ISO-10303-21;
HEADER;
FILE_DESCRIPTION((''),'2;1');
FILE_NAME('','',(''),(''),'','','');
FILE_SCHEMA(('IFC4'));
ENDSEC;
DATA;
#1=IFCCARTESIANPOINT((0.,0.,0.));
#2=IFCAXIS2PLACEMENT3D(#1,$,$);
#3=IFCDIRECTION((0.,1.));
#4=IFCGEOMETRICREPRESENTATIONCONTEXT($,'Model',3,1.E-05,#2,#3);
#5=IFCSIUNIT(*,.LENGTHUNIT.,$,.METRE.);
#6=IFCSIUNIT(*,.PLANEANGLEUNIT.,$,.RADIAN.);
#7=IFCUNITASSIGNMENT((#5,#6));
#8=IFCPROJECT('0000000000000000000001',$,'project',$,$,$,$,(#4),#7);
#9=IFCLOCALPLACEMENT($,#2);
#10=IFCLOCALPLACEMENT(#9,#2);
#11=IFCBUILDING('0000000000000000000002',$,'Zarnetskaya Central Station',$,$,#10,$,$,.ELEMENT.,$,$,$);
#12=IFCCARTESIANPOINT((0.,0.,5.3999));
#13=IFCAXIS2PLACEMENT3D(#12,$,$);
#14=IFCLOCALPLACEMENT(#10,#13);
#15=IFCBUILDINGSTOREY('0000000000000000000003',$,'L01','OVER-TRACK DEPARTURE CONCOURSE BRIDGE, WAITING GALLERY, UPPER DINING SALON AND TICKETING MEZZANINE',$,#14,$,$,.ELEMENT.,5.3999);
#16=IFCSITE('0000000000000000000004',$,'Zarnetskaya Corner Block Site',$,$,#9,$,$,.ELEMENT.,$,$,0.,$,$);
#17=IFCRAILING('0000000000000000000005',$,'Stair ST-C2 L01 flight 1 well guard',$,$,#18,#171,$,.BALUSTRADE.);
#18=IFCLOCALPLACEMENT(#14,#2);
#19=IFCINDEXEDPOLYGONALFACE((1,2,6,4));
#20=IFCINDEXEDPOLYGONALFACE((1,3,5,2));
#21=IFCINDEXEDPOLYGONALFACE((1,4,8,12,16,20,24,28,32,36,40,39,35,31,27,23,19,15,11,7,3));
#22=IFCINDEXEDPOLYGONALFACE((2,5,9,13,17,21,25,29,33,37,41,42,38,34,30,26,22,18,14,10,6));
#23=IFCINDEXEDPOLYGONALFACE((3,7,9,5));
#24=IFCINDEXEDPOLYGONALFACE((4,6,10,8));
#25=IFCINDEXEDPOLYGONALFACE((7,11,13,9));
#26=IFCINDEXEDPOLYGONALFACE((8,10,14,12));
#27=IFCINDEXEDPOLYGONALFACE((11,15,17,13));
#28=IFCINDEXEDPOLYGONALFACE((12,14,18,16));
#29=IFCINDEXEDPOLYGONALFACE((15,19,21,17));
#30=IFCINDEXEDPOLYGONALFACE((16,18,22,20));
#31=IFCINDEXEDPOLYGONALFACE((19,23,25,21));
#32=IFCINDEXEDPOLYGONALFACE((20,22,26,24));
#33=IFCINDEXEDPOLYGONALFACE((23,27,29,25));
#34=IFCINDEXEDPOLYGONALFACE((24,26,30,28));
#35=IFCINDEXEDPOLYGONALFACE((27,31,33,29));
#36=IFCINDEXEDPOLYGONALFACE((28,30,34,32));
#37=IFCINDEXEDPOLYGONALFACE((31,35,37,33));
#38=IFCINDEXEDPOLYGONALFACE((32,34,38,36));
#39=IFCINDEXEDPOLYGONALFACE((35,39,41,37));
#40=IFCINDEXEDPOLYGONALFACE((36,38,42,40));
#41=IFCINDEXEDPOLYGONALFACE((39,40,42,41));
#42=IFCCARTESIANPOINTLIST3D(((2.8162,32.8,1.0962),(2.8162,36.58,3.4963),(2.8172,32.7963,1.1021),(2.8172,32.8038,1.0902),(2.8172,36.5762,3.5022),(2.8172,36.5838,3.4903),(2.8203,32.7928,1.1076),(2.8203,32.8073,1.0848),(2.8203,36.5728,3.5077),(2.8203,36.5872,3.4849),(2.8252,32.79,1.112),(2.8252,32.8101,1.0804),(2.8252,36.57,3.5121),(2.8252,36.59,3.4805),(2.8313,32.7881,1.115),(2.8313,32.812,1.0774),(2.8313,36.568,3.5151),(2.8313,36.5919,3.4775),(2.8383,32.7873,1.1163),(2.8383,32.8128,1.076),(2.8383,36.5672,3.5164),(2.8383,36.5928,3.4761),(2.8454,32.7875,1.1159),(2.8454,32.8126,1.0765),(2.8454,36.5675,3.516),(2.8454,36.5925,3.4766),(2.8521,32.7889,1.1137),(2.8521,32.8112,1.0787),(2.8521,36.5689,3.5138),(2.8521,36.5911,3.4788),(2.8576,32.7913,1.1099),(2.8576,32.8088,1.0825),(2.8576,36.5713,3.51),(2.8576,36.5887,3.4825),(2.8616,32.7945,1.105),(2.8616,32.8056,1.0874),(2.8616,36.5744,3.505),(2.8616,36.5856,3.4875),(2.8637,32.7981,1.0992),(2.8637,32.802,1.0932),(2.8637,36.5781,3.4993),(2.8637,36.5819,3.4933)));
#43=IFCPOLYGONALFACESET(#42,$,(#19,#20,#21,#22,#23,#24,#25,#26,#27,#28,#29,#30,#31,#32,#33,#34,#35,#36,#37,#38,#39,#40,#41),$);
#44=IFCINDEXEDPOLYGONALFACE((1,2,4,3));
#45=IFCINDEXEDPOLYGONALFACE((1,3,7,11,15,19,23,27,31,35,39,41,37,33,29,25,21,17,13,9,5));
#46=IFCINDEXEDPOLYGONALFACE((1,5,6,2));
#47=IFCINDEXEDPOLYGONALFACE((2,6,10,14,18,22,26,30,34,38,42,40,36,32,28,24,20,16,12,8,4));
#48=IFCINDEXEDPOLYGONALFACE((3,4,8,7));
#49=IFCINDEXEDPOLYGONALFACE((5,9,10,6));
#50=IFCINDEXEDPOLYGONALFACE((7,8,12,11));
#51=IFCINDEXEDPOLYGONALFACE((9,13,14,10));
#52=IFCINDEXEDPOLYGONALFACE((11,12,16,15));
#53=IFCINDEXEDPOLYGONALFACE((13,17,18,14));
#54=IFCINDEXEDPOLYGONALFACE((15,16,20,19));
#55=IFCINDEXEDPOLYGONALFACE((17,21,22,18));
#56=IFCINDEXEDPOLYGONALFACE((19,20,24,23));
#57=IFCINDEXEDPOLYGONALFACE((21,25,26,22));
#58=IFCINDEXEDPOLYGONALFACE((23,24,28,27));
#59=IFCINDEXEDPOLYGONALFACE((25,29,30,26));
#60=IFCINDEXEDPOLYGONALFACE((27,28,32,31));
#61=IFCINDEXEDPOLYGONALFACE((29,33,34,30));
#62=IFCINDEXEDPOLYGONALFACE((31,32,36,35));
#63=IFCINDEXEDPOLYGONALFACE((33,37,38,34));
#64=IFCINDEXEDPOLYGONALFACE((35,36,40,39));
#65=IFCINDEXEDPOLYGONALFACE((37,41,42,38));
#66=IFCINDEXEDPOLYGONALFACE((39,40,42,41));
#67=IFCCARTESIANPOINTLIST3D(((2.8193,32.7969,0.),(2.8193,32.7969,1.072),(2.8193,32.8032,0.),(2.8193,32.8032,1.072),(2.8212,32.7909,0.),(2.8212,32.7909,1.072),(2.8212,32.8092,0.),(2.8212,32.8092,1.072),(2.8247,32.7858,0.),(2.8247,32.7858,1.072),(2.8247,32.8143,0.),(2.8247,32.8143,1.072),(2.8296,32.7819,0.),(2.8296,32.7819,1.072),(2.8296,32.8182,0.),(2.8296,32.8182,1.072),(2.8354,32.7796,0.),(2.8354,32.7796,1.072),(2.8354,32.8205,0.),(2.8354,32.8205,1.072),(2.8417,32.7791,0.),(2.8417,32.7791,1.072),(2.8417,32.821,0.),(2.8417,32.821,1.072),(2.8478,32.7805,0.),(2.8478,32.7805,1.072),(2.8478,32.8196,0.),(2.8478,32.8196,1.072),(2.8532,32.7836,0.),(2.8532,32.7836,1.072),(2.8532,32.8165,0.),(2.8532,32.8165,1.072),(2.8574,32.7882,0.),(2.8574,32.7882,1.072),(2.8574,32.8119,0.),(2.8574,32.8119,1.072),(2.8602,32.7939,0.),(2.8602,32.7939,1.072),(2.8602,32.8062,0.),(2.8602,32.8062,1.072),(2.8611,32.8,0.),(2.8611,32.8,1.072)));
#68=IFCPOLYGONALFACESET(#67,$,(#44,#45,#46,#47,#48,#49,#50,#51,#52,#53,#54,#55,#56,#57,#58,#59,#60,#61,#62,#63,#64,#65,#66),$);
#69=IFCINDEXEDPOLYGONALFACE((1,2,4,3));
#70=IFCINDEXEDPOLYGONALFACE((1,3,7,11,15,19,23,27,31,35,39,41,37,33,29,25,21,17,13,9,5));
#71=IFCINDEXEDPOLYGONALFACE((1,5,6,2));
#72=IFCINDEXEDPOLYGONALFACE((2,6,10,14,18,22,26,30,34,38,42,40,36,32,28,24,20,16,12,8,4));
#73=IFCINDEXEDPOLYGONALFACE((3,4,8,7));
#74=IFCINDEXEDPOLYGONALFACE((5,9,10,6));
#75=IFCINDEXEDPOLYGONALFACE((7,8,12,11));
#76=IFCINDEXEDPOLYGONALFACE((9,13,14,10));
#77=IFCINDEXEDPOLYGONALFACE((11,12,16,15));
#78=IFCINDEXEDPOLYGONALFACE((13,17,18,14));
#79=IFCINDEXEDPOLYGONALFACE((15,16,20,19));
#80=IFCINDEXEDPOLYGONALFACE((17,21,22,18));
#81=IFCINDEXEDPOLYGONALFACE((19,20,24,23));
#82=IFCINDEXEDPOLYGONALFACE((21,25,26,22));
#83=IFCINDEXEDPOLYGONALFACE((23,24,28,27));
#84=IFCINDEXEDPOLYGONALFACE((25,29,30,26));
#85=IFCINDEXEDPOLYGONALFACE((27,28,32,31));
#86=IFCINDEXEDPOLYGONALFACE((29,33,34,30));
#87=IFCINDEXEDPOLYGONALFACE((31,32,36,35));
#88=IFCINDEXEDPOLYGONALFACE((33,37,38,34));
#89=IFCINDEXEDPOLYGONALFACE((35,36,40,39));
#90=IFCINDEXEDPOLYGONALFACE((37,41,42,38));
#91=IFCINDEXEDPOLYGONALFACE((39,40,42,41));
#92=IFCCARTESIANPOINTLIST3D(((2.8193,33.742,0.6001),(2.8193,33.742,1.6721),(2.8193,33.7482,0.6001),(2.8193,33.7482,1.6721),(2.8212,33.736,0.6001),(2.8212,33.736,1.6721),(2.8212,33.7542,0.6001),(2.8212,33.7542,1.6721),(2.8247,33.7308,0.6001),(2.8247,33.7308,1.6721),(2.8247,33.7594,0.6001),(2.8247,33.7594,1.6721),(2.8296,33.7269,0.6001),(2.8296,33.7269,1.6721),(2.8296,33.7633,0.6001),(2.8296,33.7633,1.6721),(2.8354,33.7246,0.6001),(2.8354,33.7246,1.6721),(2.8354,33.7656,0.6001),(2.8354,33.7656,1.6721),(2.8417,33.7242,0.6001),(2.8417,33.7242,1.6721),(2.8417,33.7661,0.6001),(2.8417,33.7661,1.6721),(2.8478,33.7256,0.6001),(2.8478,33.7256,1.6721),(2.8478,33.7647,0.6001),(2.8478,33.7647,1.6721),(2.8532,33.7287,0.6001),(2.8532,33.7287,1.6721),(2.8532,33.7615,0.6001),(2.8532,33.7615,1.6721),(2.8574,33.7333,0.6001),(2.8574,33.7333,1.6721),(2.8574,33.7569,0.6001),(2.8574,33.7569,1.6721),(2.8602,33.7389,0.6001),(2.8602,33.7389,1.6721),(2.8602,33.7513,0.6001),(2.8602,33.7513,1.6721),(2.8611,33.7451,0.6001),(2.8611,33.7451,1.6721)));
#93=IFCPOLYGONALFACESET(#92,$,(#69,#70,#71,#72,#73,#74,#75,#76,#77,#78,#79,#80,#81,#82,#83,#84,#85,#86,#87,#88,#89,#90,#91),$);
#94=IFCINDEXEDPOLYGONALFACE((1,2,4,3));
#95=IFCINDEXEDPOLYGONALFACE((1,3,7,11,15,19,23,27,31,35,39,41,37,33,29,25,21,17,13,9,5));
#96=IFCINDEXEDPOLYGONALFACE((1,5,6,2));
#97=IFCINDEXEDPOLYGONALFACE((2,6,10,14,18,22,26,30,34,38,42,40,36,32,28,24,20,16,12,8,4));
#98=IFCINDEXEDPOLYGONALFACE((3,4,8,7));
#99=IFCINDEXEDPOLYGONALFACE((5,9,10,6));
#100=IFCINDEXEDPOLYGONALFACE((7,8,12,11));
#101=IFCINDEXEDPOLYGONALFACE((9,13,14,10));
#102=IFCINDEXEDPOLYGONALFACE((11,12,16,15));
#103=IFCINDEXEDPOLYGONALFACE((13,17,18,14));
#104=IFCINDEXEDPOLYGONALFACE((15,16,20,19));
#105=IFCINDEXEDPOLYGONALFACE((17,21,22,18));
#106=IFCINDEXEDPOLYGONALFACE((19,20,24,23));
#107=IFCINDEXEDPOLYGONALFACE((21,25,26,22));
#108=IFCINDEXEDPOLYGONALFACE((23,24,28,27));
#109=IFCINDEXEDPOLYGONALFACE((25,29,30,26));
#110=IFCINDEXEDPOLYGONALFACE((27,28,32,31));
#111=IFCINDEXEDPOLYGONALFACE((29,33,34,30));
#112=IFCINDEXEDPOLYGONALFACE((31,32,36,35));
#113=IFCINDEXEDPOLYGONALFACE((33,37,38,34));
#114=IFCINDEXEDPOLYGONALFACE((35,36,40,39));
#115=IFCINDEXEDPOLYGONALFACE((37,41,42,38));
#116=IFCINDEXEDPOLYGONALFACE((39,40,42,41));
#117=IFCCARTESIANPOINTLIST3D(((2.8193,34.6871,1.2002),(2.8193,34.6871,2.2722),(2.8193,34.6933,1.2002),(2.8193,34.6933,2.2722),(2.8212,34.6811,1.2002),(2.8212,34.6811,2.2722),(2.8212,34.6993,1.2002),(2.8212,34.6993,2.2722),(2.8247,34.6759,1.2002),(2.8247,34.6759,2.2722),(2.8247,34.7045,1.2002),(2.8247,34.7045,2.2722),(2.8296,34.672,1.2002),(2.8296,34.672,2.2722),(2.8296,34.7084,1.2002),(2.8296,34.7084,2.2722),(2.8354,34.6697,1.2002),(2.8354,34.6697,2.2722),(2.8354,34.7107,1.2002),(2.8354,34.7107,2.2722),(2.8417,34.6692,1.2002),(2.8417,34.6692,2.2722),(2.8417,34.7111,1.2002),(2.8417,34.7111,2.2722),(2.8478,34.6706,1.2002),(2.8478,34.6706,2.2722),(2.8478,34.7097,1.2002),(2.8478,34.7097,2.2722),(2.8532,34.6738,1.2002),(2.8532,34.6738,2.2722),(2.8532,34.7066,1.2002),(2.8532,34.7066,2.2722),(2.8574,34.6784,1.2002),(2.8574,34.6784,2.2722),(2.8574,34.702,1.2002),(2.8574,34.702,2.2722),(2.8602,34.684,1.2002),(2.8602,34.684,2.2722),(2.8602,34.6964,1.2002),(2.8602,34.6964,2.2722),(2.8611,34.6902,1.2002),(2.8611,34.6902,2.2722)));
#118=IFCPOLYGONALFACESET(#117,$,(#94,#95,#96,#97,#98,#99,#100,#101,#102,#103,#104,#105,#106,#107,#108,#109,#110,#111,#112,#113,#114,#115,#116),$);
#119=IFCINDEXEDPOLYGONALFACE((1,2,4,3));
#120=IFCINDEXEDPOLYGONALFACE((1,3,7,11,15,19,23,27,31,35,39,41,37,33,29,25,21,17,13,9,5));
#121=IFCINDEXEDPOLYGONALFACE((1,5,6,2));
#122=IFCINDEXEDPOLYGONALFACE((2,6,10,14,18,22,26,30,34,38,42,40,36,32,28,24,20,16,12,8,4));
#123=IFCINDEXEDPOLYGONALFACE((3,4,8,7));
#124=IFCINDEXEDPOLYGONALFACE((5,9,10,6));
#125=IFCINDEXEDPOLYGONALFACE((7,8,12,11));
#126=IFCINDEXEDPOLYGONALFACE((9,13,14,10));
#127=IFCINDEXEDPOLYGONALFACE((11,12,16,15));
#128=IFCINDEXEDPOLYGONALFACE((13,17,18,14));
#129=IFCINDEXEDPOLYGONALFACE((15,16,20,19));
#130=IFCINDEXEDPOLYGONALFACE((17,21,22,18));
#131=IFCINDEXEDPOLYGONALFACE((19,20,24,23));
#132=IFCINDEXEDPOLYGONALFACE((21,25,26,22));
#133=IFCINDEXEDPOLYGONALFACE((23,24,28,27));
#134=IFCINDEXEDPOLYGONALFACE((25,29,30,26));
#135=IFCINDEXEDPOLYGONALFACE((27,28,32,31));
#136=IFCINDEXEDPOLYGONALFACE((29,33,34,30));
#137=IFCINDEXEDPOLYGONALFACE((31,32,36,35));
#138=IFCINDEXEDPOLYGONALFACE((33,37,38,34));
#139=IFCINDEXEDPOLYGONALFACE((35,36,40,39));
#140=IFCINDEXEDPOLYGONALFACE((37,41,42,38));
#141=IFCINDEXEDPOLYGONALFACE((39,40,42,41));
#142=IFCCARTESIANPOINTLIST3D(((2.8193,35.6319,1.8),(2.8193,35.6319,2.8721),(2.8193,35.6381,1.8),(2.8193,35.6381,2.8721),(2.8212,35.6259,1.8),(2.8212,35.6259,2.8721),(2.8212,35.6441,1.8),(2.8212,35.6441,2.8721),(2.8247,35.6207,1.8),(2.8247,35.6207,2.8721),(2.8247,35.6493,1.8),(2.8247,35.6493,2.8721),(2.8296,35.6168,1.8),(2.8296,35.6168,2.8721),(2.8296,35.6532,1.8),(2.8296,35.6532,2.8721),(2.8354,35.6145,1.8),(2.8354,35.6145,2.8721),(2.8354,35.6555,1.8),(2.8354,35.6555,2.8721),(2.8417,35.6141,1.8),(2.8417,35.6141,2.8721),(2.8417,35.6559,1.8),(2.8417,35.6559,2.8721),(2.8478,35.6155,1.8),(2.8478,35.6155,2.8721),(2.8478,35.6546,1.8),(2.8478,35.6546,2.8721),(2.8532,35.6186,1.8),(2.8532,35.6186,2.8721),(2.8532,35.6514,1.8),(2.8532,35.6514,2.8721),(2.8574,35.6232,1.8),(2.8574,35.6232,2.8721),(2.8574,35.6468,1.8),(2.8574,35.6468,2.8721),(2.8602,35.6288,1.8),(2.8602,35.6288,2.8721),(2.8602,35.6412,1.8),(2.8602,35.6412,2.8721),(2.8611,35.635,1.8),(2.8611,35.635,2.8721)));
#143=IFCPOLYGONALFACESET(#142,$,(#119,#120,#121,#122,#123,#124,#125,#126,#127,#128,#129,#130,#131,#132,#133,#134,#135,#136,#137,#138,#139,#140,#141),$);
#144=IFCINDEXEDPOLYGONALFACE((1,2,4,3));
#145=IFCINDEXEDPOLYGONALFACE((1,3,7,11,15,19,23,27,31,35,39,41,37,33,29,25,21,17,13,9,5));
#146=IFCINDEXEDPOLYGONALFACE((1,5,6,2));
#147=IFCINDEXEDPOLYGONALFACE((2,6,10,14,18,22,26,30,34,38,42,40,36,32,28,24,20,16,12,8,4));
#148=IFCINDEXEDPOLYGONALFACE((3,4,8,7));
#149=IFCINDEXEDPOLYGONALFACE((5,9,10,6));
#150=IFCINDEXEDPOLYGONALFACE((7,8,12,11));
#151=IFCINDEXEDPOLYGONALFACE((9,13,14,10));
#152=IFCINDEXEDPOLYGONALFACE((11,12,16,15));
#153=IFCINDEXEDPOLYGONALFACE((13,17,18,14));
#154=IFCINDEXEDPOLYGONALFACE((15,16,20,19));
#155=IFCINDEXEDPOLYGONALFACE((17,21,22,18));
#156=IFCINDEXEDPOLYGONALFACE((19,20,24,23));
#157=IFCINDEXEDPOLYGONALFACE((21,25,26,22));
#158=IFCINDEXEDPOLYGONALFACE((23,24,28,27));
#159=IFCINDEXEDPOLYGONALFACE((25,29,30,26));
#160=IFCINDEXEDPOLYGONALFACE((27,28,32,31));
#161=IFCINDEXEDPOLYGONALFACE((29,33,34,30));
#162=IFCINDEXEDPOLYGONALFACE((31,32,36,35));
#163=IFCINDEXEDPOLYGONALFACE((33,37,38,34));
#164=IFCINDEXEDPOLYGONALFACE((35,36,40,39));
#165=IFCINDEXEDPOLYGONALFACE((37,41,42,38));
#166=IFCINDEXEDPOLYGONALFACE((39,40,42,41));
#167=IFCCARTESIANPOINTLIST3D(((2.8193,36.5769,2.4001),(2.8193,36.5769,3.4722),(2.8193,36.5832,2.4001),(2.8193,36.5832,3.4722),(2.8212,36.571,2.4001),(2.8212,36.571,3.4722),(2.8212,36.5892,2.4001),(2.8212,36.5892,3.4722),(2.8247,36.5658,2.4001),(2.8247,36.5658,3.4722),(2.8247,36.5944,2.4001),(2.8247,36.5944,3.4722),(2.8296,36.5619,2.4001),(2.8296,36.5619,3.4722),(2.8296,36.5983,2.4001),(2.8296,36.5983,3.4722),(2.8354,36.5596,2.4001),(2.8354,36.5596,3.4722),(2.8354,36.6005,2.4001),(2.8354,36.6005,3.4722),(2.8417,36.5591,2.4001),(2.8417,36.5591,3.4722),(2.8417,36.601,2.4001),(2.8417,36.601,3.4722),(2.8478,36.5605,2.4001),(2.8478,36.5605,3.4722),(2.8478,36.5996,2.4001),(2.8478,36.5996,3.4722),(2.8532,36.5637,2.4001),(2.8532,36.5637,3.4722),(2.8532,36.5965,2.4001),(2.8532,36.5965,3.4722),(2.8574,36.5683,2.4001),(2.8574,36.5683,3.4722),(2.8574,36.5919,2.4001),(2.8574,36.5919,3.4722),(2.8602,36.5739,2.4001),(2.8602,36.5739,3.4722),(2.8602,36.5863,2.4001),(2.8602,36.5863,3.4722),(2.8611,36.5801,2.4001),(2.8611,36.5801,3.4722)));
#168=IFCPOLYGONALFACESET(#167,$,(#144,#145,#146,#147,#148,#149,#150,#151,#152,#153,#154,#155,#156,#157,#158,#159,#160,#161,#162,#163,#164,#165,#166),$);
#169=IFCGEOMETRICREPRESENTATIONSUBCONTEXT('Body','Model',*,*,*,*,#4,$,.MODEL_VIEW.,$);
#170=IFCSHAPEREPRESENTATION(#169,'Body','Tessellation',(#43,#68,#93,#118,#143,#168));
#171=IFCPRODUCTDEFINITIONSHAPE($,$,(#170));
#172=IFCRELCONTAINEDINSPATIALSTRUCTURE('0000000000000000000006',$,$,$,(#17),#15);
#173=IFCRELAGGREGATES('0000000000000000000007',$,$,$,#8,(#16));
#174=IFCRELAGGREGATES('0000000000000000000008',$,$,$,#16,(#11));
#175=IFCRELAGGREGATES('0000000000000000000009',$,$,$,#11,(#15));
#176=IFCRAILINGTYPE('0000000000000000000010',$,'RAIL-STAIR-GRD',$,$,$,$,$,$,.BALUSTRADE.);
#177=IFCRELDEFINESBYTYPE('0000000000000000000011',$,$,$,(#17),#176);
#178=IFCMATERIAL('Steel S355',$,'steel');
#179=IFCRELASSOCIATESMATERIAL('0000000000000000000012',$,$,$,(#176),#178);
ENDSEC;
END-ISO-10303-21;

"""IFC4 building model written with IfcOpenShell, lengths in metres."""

from ifc_helpers import new_model, si_unit, direction, frame, origin, origin_2d, place, context, subcontext, project, spatial, circle, extrude, material, type_object, element, save


model = new_model("IFC4")

# Units and contexts
model_context = context("Model", 3, precision=1e-05, world=origin(), true_north=direction((0.0, 1.0)))
body_context = subcontext(model_context, "Body", "Model", "MODEL_VIEW")
ifc_project = project(units=[si_unit("LENGTHUNIT", "METRE"), si_unit("PLANEANGLEUNIT", "RADIAN")], contexts=[model_context])

# Site, building, storey
site_placement = place(None, origin())
site = spatial("IfcSite", under=ifc_project, at=site_placement, Name="Zarnetskaya Corner Block Site", CompositionType="ELEMENT", RefElevation=0.0)
building_placement = place(site_placement, origin())
building = spatial("IfcBuilding", under=site, at=building_placement, Name="Zarnetskaya Central Station", CompositionType="ELEMENT")
storey_placement = place(building_placement, frame((0.0, 0.0, 5.3999)))
storey = spatial("IfcBuildingStorey", under=building, at=storey_placement, Name="L01", Description="OVER-TRACK DEPARTURE CONCOURSE BRIDGE, WAITING GALLERY, UPPER DINING SALON AND TICKETING MEZZANINE", CompositionType="ELEMENT", Elevation=5.3999)

# Shared definitions
ifc_material_1 = material(Name="Steel S355", Category="steel")

# Railing
railing_type_1 = type_object("IfcRailingType", Name="RAIL-STAIR-GRD", PredefinedType="BALUSTRADE", material=ifc_material_1)
railing_1_placement = place(storey_placement, frame((2.8401, 32.8, 0.0)))
element("IfcRailing", 1, at=railing_1_placement, inside=storey, type_object=railing_type_1, Name="Stair ST-C2 L01 flight 1 well guard", PredefinedType="BALUSTRADE", context=body_context, shape_type="SweptSolid", body=[
    extrude(circle(Radius=0.0239, at=origin_2d()), frame((0.0, 0.0, 1.0962), z_axis=(0.0, 0.8442, 0.536028), x_axis=(-1.0, 0.0, 0.0)), (0.0, 0.0, 1.0), 4.4775),
    extrude(circle(Radius=0.021, at=origin_2d()), origin(), (0.0, 0.0, 1.0), 1.072),
    extrude(circle(Radius=0.021, at=origin_2d()), frame((0.0, 0.9451, 0.6001)), (0.0, 0.0, 1.0), 1.072),
    extrude(circle(Radius=0.021, at=origin_2d()), frame((0.0, 1.8901, 1.2002)), (0.0, 0.0, 1.0), 1.072),
    extrude(circle(Radius=0.021, at=origin_2d()), frame((0.0, 2.835, 1.8)), (0.0, 0.0, 1.0), 1.072),
    extrude(circle(Radius=0.021, at=origin_2d()), frame((0.0, 3.78, 2.4001)), (0.0, 0.0, 1.0), 1.072),
])

save(model, "model.ifc")
